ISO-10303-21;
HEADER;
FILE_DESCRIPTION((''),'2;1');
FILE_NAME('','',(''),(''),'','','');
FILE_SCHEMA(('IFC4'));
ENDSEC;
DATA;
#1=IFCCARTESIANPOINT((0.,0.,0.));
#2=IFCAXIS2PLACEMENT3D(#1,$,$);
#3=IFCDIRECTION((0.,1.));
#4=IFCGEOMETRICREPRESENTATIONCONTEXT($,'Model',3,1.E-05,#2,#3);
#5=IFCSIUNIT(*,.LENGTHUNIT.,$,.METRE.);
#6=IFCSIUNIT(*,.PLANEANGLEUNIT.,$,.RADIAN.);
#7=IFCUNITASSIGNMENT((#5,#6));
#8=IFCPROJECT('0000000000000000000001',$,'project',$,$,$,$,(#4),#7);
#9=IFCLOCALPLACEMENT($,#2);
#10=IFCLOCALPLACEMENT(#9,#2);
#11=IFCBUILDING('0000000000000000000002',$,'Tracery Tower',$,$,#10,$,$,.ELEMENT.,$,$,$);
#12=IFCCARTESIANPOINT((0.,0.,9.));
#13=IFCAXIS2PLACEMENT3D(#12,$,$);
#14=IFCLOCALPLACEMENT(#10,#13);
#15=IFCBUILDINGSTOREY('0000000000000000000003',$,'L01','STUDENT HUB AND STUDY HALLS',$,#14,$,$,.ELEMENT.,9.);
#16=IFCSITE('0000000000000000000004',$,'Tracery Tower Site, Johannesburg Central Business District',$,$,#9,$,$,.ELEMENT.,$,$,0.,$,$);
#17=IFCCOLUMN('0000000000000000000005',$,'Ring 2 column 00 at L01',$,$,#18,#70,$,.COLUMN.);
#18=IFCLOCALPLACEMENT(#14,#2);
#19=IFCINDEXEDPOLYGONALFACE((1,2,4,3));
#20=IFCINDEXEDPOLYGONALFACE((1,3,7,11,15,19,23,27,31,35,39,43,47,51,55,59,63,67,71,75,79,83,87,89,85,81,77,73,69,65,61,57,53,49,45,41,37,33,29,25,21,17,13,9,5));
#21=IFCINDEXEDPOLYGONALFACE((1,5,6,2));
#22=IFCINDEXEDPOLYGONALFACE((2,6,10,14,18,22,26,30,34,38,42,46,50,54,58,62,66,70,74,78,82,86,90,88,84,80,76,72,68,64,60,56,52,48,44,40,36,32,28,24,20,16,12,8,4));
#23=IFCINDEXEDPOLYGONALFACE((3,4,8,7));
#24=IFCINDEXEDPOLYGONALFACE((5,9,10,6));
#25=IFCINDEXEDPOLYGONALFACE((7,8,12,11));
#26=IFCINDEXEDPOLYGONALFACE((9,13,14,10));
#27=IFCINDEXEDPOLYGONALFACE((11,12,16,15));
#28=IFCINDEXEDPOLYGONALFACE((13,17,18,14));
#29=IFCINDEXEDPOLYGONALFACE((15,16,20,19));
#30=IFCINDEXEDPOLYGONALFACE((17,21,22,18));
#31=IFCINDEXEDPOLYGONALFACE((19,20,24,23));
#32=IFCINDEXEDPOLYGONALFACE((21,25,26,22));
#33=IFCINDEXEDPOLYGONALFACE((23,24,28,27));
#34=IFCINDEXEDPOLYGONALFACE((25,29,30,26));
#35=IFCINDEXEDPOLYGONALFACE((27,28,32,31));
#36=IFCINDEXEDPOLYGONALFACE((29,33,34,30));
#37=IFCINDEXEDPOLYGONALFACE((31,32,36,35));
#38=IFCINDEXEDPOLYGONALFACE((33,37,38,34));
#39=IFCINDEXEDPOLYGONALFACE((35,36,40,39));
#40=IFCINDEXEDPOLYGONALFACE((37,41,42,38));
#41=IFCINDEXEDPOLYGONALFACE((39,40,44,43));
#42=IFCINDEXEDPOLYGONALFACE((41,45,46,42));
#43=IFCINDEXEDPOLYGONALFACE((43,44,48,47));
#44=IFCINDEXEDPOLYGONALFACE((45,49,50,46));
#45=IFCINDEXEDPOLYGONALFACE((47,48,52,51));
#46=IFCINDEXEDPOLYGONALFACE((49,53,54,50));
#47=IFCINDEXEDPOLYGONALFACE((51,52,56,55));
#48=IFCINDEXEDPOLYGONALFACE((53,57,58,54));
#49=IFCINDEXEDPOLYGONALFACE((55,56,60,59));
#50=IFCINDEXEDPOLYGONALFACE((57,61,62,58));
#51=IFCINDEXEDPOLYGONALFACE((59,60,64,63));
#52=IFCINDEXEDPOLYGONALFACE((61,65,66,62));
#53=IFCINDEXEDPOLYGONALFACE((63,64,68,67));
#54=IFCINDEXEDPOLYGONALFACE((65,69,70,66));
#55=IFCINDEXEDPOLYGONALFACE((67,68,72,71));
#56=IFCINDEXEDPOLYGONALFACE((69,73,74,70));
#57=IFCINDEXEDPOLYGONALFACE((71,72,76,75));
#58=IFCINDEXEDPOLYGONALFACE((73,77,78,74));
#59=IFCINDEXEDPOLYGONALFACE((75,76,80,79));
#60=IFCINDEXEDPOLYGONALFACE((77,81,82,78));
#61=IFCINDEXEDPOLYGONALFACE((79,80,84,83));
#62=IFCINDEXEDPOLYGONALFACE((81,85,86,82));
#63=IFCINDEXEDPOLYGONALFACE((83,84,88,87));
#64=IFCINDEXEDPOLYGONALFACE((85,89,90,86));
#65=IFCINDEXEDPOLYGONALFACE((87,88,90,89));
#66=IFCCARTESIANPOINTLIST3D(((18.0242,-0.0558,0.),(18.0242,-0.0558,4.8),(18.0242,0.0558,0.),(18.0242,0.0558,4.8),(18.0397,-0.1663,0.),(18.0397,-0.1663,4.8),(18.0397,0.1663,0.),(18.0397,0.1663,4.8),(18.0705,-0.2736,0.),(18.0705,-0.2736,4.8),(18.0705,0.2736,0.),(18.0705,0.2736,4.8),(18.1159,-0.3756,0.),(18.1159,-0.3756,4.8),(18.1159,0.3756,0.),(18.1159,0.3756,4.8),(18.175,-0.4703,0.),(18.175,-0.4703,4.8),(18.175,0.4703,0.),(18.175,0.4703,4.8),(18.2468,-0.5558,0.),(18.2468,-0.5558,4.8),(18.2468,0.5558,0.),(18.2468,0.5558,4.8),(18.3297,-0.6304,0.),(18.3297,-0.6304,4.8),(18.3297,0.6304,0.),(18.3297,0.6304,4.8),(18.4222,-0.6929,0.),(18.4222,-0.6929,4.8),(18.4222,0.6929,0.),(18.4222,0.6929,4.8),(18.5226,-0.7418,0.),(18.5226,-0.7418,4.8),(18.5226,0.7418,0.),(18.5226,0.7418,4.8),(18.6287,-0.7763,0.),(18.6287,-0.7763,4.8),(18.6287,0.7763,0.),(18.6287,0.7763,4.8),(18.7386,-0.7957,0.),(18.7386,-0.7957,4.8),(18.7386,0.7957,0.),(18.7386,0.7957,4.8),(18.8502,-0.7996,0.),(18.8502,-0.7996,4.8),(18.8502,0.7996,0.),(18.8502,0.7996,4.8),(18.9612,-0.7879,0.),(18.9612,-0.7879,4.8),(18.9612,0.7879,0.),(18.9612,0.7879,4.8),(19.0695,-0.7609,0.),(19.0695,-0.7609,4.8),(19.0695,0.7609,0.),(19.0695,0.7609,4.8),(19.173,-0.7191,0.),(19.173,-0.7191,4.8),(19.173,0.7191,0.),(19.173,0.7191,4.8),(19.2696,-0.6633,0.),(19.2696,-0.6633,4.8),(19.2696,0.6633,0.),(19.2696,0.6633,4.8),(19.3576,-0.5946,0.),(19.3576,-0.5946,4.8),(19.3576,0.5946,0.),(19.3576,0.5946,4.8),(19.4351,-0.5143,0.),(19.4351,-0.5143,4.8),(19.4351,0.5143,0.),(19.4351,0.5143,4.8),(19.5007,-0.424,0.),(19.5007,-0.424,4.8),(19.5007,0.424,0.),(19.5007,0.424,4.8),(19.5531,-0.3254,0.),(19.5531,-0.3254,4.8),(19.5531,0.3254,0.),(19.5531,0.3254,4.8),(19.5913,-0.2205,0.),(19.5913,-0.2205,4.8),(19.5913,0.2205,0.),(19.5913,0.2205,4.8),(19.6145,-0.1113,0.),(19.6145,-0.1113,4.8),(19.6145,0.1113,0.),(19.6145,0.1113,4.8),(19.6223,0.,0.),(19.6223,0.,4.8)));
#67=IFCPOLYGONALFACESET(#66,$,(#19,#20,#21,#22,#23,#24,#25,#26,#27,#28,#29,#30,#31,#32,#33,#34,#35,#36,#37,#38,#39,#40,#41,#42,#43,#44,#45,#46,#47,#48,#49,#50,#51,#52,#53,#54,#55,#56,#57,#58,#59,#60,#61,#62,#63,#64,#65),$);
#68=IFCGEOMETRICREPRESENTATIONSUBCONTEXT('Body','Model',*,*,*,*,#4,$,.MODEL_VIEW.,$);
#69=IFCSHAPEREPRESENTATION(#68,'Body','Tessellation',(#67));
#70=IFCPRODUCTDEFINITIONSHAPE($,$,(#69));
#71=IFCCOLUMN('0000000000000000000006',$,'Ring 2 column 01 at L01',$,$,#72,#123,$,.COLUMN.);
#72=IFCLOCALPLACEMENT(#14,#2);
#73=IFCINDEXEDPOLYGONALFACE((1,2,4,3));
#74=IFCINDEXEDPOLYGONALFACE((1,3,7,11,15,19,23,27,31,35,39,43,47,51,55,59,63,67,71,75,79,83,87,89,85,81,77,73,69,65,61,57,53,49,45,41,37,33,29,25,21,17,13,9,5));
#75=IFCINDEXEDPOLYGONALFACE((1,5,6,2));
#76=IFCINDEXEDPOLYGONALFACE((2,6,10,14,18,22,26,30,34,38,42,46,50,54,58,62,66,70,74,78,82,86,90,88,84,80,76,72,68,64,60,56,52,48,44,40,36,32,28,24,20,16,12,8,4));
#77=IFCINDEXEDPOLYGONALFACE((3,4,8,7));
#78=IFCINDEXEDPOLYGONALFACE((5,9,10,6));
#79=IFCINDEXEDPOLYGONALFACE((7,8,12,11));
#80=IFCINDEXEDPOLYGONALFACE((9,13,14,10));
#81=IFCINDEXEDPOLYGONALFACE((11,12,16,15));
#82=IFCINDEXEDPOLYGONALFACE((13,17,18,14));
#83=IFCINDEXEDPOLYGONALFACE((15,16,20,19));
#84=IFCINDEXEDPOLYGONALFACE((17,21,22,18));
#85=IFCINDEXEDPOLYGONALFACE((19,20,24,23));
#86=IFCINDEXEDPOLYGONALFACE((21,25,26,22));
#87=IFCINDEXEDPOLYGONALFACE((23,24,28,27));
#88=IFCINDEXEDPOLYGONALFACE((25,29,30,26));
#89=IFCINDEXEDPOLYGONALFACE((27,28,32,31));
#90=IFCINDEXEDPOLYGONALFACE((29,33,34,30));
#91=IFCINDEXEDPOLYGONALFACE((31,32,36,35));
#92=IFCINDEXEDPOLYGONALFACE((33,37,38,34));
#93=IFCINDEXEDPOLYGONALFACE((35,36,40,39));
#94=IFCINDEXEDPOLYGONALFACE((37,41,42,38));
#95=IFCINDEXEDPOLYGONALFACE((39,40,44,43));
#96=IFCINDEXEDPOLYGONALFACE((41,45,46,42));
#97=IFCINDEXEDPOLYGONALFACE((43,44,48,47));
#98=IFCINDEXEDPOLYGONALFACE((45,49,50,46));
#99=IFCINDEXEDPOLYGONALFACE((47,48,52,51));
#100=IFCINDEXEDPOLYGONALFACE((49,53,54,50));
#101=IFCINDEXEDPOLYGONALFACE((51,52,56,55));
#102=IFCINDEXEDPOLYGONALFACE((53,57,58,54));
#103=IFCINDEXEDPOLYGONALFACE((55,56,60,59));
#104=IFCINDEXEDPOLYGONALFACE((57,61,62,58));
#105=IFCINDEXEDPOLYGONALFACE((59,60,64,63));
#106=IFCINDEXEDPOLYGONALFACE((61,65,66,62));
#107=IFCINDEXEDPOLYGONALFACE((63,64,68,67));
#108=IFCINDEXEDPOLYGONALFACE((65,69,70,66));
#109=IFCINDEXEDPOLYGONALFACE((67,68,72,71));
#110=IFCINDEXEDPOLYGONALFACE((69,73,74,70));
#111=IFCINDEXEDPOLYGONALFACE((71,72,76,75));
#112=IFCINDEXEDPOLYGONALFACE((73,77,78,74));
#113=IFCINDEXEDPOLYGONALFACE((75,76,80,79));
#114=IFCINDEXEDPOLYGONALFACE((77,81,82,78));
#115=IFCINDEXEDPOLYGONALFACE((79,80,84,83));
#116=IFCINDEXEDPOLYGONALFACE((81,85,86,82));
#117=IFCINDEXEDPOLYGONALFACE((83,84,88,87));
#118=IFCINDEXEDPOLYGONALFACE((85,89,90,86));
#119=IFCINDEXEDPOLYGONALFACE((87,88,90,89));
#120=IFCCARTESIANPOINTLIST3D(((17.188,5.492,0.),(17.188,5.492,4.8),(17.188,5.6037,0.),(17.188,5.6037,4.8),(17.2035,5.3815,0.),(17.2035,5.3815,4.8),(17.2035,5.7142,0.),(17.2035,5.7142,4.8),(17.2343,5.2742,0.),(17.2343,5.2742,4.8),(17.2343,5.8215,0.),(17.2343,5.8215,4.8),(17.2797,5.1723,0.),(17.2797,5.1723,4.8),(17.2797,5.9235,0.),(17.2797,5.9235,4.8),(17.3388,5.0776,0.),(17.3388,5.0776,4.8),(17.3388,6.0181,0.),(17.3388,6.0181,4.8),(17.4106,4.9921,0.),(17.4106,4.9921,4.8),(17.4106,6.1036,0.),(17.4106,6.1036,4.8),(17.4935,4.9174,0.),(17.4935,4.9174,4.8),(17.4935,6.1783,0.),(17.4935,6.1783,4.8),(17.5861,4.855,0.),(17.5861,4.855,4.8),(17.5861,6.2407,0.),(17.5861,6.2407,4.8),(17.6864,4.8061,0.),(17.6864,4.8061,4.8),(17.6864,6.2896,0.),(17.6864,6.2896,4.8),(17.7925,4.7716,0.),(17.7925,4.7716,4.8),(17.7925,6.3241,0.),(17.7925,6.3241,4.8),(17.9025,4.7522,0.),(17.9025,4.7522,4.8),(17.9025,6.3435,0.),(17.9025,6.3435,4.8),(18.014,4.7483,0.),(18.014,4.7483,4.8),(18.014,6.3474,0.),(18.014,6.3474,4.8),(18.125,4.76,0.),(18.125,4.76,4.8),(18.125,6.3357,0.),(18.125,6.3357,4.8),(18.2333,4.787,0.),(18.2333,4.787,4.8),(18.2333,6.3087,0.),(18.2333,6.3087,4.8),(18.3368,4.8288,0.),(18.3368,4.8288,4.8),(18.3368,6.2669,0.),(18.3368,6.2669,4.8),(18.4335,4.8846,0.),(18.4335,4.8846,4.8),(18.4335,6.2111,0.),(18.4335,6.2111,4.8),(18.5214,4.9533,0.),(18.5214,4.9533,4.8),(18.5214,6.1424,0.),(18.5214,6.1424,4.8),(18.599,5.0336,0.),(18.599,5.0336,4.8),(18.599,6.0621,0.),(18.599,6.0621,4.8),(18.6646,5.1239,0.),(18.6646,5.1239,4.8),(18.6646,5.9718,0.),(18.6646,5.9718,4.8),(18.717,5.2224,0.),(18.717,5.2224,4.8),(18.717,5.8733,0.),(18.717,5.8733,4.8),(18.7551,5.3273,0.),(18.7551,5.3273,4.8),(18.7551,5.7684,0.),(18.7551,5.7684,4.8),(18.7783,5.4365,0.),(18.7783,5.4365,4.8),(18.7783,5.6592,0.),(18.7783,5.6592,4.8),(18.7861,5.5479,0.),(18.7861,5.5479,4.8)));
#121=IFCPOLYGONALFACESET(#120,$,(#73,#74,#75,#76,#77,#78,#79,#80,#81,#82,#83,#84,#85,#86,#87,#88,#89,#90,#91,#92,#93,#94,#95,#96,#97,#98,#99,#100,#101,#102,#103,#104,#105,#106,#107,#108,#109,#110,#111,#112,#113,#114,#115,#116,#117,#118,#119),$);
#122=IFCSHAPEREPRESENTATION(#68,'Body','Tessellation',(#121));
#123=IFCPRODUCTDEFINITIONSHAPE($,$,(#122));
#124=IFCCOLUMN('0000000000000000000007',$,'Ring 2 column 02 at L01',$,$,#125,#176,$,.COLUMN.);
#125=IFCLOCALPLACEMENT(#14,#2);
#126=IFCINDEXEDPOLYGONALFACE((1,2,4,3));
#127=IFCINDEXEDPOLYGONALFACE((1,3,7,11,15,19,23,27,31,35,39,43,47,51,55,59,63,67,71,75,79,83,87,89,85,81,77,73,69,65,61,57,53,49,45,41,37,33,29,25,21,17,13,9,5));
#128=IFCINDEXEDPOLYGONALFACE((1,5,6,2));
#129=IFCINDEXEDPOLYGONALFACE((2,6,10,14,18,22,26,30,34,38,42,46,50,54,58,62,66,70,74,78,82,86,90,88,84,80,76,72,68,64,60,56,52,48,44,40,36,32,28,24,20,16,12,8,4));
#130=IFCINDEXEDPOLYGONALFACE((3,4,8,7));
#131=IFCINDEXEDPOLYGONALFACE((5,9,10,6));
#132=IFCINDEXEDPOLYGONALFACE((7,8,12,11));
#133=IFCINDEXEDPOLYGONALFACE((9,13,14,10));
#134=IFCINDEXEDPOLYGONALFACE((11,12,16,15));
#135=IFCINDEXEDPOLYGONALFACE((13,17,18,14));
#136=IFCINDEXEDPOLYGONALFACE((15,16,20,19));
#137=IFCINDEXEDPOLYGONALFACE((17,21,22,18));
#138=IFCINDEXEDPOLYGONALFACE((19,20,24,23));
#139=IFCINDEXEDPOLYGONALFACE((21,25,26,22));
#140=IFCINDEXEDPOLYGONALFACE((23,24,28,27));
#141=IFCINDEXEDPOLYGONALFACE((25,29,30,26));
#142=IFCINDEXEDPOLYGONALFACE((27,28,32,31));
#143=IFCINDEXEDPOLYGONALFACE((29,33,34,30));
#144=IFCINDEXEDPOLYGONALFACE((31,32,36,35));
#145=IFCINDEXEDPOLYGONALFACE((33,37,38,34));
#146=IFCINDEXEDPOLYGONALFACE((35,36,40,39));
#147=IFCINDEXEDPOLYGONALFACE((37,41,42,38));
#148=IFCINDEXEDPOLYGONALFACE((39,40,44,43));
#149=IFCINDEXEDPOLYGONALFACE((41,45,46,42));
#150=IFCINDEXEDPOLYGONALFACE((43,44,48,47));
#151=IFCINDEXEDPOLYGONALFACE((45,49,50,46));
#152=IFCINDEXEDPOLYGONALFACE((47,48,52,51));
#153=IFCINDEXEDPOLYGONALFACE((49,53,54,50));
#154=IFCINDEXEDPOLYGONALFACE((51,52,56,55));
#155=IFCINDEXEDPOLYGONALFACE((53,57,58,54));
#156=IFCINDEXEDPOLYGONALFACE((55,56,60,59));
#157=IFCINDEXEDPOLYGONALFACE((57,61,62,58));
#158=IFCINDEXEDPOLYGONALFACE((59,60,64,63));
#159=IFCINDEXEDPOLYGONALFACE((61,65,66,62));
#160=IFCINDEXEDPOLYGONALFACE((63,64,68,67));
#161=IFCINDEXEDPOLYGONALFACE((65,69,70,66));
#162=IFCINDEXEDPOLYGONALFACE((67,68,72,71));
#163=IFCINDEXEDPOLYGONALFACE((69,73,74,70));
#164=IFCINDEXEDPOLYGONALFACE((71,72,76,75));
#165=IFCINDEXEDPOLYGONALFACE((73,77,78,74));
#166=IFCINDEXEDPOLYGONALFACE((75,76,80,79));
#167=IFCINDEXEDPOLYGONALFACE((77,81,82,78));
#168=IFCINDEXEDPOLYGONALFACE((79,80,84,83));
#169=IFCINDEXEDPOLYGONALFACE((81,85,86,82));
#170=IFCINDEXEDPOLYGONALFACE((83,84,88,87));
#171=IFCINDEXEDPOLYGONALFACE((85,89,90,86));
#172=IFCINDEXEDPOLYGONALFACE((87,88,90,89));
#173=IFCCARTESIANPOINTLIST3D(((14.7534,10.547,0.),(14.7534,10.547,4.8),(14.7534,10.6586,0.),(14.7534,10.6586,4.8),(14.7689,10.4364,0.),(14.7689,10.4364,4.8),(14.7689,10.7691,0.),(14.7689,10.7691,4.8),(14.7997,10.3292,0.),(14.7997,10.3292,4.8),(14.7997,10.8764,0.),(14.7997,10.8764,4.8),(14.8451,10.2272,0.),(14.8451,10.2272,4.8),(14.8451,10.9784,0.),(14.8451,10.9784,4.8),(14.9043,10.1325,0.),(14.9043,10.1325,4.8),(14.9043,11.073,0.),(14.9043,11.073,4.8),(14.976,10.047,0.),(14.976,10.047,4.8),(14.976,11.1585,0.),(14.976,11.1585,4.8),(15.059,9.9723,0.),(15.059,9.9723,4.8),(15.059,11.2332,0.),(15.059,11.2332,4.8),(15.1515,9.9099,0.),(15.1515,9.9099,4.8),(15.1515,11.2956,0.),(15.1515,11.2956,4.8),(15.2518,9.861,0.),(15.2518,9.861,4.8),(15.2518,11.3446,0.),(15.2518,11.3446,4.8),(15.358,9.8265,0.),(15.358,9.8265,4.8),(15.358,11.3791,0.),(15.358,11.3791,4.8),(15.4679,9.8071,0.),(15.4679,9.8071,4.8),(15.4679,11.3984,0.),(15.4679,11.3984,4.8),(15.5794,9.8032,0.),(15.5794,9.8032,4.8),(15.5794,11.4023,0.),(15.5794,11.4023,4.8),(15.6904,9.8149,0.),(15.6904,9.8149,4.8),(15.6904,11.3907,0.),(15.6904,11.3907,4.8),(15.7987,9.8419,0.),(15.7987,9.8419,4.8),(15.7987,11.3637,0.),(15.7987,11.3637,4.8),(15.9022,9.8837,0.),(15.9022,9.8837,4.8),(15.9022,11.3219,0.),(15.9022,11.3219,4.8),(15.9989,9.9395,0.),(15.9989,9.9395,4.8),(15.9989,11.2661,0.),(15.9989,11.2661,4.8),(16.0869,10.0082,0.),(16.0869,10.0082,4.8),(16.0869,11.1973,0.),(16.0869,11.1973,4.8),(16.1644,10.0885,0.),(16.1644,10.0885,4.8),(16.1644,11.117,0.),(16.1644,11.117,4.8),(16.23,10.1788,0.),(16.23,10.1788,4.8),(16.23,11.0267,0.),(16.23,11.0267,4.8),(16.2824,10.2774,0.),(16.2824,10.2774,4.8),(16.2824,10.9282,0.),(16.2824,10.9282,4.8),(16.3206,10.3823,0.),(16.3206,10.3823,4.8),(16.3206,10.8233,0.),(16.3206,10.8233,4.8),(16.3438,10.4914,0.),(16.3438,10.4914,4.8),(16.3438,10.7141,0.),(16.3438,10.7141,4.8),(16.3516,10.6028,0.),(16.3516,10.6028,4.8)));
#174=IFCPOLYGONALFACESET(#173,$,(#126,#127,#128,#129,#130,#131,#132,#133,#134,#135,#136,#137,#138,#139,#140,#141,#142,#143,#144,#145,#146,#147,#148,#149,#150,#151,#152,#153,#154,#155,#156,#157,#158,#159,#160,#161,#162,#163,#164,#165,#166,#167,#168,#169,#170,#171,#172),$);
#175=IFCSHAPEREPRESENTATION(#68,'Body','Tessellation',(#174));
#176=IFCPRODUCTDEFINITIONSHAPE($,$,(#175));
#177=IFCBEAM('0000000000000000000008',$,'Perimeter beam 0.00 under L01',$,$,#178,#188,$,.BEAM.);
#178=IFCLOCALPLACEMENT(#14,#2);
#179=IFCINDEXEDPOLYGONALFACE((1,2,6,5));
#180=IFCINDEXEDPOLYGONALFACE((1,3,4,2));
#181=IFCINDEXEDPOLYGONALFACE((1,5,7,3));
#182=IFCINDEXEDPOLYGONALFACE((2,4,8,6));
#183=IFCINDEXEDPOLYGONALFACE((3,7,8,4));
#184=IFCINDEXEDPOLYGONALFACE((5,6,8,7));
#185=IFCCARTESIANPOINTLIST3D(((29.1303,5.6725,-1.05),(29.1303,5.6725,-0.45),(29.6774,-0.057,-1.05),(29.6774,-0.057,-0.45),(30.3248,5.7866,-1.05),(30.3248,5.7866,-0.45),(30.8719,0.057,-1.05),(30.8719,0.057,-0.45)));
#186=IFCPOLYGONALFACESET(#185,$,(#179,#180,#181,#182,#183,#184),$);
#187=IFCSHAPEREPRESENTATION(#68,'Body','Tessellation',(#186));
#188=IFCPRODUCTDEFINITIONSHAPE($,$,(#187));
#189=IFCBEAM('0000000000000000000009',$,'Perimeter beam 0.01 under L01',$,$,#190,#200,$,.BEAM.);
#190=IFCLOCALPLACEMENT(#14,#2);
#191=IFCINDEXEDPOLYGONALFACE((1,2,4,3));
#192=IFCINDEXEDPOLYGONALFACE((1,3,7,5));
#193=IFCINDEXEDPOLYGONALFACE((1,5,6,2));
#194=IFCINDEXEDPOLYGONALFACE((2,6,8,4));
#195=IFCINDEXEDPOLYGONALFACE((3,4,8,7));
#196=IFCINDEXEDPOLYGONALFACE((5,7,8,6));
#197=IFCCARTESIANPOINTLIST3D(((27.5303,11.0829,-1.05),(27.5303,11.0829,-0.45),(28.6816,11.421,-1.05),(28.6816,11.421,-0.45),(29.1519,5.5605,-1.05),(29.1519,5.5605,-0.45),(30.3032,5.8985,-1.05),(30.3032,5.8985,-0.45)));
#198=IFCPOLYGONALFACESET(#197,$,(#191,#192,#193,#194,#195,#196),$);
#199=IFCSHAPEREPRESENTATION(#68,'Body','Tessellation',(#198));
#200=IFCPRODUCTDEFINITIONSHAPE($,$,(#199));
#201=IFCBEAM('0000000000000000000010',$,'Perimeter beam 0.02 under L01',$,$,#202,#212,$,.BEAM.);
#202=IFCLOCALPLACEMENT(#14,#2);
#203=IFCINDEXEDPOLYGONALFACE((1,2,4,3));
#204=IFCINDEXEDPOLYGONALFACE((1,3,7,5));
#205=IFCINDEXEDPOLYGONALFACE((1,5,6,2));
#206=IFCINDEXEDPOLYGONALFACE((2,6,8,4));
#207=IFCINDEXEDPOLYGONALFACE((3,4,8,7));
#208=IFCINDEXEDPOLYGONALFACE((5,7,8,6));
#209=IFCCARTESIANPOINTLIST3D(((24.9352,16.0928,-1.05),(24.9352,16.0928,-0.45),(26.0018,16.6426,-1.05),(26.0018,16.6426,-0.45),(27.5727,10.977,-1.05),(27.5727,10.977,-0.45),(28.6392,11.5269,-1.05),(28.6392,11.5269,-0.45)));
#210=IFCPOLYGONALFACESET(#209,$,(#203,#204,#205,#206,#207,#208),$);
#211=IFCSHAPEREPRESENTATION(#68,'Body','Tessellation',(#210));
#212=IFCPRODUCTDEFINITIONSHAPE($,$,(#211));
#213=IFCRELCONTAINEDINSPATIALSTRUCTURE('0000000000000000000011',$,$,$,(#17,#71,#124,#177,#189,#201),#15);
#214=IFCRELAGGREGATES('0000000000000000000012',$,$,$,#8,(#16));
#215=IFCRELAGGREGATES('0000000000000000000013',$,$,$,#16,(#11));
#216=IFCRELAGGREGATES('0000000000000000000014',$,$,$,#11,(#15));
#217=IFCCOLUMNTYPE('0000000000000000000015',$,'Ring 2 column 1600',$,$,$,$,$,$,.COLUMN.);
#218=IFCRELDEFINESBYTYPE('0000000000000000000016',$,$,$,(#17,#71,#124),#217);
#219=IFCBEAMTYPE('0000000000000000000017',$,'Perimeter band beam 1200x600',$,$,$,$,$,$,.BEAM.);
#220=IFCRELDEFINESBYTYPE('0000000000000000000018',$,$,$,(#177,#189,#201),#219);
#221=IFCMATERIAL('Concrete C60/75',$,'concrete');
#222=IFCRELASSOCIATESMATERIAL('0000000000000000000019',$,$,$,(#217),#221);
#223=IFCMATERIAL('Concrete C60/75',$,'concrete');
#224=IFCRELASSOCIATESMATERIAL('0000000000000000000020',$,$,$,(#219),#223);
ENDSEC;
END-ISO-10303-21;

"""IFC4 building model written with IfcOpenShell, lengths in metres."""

from ifc_helpers import new_model, si_unit, direction, frame, origin, origin_2d, place, context, subcontext, project, spatial, rectangle, circle, extrude, material, material_profile, profile_set, type_object, element, save


model = new_model("IFC4")

# Units and contexts
model_context = context("Model", 3, precision=1e-05, world=origin(), true_north=direction((0.0, 1.0)))
body_context = subcontext(model_context, "Body", "Model", "MODEL_VIEW")
ifc_project = project(units=[si_unit("LENGTHUNIT", "METRE"), si_unit("PLANEANGLEUNIT", "RADIAN")], contexts=[model_context])

# Site, building, storey
site_placement = place(None, origin())
site = spatial("IfcSite", under=ifc_project, at=site_placement, Name="Tracery Tower Site, Johannesburg Central Business District", CompositionType="ELEMENT", RefElevation=0.0)
building_placement = place(site_placement, origin())
building = spatial("IfcBuilding", under=site, at=building_placement, Name="Tracery Tower", CompositionType="ELEMENT")
storey_placement = place(building_placement, frame((0.0, 0.0, 9.0)))
storey = spatial("IfcBuildingStorey", under=building, at=storey_placement, Name="L01", Description="STUDENT HUB AND STUDY HALLS", CompositionType="ELEMENT", Elevation=9.0)

# Columns
ifc_material_1 = material(Name="Concrete C60/75", Category="concrete")
ifc_material_profile_1 = material_profile(ifc_material_1, circle(Radius=0.8, at=origin_2d()), Name="RC D1600")
ifc_profile_set_1 = profile_set([ifc_material_profile_1], Name="Concrete C60/75")
column_type_1 = type_object("IfcColumnType", Name="Ring 2 column 1600", PredefinedType="COLUMN", material=ifc_profile_set_1)
for number, where, z_axis, x_axis, name in (
    (1, (18.8223, 0.0, 0.0), (0.0, 0.0, 1.0), (1.0, 0.0, 0.0), "Ring 2 column 00 at L01"),
    (2, (17.9861, 5.5479, 0.0), (0.0, 0.0, 1.0), (1.0, 0.0, 0.0), "Ring 2 column 01 at L01"),
    (3, (15.5515, 10.6028, 0.0), (0.0, 0.0, 1.0), (1.0, 0.0, 0.0), "Ring 2 column 02 at L01"),
):
    element("IfcColumn", number, at=place(storey_placement, frame(where, z_axis=z_axis, x_axis=x_axis)), inside=storey, type_object=column_type_1, Name=name, PredefinedType="COLUMN", context=body_context, shape_type="SweptSolid", body=[
        extrude(circle(Radius=0.8, at=origin_2d()), origin(), (0.0, 0.0, 1.0), 4.8),
    ])

# Beams
ifc_material_2 = material(Name="Concrete C60/75", Category="concrete")
ifc_material_profile_2 = material_profile(ifc_material_2, rectangle(XDim=1.2, YDim=0.6001, at=origin_2d()), Name="RC 1200x600")
ifc_profile_set_2 = profile_set([ifc_material_profile_2], Name="Concrete C60/75")
beam_type = type_object("IfcBeamType", Name="Perimeter band beam 1200x600", PredefinedType="BEAM", material=ifc_profile_set_2)
for number, where, z_axis, x_axis, name in (
    (4, (30.2747, 0.0, -0.75), (-0.095059, 0.995472, 0.0), (-0.995472, -0.095059, 0.0), "Perimeter beam 0.00 under L01"),
    (5, (29.7275, 5.7295, -0.75), (-0.281739, 0.959491, 0.0), (-0.959491, -0.281739, 0.0), "Perimeter beam 0.01 under L01"),
    (6, (28.106, 11.252, -0.75), (-0.458242, 0.888827, 0.0), (-0.888827, -0.458242, 0.0), "Perimeter beam 0.02 under L01"),
):
    element("IfcBeam", number, at=place(storey_placement, frame(where, z_axis=z_axis, x_axis=x_axis)), inside=storey, type_object=beam_type, Name=name, PredefinedType="BEAM", context=body_context, shape_type="SweptSolid", body=[
        extrude(rectangle(XDim=1.2, YDim=0.6001, at=origin_2d()), origin(), (0.0, 0.0, 1.0), 5.7556),
    ])

save(model, "model.ifc")
